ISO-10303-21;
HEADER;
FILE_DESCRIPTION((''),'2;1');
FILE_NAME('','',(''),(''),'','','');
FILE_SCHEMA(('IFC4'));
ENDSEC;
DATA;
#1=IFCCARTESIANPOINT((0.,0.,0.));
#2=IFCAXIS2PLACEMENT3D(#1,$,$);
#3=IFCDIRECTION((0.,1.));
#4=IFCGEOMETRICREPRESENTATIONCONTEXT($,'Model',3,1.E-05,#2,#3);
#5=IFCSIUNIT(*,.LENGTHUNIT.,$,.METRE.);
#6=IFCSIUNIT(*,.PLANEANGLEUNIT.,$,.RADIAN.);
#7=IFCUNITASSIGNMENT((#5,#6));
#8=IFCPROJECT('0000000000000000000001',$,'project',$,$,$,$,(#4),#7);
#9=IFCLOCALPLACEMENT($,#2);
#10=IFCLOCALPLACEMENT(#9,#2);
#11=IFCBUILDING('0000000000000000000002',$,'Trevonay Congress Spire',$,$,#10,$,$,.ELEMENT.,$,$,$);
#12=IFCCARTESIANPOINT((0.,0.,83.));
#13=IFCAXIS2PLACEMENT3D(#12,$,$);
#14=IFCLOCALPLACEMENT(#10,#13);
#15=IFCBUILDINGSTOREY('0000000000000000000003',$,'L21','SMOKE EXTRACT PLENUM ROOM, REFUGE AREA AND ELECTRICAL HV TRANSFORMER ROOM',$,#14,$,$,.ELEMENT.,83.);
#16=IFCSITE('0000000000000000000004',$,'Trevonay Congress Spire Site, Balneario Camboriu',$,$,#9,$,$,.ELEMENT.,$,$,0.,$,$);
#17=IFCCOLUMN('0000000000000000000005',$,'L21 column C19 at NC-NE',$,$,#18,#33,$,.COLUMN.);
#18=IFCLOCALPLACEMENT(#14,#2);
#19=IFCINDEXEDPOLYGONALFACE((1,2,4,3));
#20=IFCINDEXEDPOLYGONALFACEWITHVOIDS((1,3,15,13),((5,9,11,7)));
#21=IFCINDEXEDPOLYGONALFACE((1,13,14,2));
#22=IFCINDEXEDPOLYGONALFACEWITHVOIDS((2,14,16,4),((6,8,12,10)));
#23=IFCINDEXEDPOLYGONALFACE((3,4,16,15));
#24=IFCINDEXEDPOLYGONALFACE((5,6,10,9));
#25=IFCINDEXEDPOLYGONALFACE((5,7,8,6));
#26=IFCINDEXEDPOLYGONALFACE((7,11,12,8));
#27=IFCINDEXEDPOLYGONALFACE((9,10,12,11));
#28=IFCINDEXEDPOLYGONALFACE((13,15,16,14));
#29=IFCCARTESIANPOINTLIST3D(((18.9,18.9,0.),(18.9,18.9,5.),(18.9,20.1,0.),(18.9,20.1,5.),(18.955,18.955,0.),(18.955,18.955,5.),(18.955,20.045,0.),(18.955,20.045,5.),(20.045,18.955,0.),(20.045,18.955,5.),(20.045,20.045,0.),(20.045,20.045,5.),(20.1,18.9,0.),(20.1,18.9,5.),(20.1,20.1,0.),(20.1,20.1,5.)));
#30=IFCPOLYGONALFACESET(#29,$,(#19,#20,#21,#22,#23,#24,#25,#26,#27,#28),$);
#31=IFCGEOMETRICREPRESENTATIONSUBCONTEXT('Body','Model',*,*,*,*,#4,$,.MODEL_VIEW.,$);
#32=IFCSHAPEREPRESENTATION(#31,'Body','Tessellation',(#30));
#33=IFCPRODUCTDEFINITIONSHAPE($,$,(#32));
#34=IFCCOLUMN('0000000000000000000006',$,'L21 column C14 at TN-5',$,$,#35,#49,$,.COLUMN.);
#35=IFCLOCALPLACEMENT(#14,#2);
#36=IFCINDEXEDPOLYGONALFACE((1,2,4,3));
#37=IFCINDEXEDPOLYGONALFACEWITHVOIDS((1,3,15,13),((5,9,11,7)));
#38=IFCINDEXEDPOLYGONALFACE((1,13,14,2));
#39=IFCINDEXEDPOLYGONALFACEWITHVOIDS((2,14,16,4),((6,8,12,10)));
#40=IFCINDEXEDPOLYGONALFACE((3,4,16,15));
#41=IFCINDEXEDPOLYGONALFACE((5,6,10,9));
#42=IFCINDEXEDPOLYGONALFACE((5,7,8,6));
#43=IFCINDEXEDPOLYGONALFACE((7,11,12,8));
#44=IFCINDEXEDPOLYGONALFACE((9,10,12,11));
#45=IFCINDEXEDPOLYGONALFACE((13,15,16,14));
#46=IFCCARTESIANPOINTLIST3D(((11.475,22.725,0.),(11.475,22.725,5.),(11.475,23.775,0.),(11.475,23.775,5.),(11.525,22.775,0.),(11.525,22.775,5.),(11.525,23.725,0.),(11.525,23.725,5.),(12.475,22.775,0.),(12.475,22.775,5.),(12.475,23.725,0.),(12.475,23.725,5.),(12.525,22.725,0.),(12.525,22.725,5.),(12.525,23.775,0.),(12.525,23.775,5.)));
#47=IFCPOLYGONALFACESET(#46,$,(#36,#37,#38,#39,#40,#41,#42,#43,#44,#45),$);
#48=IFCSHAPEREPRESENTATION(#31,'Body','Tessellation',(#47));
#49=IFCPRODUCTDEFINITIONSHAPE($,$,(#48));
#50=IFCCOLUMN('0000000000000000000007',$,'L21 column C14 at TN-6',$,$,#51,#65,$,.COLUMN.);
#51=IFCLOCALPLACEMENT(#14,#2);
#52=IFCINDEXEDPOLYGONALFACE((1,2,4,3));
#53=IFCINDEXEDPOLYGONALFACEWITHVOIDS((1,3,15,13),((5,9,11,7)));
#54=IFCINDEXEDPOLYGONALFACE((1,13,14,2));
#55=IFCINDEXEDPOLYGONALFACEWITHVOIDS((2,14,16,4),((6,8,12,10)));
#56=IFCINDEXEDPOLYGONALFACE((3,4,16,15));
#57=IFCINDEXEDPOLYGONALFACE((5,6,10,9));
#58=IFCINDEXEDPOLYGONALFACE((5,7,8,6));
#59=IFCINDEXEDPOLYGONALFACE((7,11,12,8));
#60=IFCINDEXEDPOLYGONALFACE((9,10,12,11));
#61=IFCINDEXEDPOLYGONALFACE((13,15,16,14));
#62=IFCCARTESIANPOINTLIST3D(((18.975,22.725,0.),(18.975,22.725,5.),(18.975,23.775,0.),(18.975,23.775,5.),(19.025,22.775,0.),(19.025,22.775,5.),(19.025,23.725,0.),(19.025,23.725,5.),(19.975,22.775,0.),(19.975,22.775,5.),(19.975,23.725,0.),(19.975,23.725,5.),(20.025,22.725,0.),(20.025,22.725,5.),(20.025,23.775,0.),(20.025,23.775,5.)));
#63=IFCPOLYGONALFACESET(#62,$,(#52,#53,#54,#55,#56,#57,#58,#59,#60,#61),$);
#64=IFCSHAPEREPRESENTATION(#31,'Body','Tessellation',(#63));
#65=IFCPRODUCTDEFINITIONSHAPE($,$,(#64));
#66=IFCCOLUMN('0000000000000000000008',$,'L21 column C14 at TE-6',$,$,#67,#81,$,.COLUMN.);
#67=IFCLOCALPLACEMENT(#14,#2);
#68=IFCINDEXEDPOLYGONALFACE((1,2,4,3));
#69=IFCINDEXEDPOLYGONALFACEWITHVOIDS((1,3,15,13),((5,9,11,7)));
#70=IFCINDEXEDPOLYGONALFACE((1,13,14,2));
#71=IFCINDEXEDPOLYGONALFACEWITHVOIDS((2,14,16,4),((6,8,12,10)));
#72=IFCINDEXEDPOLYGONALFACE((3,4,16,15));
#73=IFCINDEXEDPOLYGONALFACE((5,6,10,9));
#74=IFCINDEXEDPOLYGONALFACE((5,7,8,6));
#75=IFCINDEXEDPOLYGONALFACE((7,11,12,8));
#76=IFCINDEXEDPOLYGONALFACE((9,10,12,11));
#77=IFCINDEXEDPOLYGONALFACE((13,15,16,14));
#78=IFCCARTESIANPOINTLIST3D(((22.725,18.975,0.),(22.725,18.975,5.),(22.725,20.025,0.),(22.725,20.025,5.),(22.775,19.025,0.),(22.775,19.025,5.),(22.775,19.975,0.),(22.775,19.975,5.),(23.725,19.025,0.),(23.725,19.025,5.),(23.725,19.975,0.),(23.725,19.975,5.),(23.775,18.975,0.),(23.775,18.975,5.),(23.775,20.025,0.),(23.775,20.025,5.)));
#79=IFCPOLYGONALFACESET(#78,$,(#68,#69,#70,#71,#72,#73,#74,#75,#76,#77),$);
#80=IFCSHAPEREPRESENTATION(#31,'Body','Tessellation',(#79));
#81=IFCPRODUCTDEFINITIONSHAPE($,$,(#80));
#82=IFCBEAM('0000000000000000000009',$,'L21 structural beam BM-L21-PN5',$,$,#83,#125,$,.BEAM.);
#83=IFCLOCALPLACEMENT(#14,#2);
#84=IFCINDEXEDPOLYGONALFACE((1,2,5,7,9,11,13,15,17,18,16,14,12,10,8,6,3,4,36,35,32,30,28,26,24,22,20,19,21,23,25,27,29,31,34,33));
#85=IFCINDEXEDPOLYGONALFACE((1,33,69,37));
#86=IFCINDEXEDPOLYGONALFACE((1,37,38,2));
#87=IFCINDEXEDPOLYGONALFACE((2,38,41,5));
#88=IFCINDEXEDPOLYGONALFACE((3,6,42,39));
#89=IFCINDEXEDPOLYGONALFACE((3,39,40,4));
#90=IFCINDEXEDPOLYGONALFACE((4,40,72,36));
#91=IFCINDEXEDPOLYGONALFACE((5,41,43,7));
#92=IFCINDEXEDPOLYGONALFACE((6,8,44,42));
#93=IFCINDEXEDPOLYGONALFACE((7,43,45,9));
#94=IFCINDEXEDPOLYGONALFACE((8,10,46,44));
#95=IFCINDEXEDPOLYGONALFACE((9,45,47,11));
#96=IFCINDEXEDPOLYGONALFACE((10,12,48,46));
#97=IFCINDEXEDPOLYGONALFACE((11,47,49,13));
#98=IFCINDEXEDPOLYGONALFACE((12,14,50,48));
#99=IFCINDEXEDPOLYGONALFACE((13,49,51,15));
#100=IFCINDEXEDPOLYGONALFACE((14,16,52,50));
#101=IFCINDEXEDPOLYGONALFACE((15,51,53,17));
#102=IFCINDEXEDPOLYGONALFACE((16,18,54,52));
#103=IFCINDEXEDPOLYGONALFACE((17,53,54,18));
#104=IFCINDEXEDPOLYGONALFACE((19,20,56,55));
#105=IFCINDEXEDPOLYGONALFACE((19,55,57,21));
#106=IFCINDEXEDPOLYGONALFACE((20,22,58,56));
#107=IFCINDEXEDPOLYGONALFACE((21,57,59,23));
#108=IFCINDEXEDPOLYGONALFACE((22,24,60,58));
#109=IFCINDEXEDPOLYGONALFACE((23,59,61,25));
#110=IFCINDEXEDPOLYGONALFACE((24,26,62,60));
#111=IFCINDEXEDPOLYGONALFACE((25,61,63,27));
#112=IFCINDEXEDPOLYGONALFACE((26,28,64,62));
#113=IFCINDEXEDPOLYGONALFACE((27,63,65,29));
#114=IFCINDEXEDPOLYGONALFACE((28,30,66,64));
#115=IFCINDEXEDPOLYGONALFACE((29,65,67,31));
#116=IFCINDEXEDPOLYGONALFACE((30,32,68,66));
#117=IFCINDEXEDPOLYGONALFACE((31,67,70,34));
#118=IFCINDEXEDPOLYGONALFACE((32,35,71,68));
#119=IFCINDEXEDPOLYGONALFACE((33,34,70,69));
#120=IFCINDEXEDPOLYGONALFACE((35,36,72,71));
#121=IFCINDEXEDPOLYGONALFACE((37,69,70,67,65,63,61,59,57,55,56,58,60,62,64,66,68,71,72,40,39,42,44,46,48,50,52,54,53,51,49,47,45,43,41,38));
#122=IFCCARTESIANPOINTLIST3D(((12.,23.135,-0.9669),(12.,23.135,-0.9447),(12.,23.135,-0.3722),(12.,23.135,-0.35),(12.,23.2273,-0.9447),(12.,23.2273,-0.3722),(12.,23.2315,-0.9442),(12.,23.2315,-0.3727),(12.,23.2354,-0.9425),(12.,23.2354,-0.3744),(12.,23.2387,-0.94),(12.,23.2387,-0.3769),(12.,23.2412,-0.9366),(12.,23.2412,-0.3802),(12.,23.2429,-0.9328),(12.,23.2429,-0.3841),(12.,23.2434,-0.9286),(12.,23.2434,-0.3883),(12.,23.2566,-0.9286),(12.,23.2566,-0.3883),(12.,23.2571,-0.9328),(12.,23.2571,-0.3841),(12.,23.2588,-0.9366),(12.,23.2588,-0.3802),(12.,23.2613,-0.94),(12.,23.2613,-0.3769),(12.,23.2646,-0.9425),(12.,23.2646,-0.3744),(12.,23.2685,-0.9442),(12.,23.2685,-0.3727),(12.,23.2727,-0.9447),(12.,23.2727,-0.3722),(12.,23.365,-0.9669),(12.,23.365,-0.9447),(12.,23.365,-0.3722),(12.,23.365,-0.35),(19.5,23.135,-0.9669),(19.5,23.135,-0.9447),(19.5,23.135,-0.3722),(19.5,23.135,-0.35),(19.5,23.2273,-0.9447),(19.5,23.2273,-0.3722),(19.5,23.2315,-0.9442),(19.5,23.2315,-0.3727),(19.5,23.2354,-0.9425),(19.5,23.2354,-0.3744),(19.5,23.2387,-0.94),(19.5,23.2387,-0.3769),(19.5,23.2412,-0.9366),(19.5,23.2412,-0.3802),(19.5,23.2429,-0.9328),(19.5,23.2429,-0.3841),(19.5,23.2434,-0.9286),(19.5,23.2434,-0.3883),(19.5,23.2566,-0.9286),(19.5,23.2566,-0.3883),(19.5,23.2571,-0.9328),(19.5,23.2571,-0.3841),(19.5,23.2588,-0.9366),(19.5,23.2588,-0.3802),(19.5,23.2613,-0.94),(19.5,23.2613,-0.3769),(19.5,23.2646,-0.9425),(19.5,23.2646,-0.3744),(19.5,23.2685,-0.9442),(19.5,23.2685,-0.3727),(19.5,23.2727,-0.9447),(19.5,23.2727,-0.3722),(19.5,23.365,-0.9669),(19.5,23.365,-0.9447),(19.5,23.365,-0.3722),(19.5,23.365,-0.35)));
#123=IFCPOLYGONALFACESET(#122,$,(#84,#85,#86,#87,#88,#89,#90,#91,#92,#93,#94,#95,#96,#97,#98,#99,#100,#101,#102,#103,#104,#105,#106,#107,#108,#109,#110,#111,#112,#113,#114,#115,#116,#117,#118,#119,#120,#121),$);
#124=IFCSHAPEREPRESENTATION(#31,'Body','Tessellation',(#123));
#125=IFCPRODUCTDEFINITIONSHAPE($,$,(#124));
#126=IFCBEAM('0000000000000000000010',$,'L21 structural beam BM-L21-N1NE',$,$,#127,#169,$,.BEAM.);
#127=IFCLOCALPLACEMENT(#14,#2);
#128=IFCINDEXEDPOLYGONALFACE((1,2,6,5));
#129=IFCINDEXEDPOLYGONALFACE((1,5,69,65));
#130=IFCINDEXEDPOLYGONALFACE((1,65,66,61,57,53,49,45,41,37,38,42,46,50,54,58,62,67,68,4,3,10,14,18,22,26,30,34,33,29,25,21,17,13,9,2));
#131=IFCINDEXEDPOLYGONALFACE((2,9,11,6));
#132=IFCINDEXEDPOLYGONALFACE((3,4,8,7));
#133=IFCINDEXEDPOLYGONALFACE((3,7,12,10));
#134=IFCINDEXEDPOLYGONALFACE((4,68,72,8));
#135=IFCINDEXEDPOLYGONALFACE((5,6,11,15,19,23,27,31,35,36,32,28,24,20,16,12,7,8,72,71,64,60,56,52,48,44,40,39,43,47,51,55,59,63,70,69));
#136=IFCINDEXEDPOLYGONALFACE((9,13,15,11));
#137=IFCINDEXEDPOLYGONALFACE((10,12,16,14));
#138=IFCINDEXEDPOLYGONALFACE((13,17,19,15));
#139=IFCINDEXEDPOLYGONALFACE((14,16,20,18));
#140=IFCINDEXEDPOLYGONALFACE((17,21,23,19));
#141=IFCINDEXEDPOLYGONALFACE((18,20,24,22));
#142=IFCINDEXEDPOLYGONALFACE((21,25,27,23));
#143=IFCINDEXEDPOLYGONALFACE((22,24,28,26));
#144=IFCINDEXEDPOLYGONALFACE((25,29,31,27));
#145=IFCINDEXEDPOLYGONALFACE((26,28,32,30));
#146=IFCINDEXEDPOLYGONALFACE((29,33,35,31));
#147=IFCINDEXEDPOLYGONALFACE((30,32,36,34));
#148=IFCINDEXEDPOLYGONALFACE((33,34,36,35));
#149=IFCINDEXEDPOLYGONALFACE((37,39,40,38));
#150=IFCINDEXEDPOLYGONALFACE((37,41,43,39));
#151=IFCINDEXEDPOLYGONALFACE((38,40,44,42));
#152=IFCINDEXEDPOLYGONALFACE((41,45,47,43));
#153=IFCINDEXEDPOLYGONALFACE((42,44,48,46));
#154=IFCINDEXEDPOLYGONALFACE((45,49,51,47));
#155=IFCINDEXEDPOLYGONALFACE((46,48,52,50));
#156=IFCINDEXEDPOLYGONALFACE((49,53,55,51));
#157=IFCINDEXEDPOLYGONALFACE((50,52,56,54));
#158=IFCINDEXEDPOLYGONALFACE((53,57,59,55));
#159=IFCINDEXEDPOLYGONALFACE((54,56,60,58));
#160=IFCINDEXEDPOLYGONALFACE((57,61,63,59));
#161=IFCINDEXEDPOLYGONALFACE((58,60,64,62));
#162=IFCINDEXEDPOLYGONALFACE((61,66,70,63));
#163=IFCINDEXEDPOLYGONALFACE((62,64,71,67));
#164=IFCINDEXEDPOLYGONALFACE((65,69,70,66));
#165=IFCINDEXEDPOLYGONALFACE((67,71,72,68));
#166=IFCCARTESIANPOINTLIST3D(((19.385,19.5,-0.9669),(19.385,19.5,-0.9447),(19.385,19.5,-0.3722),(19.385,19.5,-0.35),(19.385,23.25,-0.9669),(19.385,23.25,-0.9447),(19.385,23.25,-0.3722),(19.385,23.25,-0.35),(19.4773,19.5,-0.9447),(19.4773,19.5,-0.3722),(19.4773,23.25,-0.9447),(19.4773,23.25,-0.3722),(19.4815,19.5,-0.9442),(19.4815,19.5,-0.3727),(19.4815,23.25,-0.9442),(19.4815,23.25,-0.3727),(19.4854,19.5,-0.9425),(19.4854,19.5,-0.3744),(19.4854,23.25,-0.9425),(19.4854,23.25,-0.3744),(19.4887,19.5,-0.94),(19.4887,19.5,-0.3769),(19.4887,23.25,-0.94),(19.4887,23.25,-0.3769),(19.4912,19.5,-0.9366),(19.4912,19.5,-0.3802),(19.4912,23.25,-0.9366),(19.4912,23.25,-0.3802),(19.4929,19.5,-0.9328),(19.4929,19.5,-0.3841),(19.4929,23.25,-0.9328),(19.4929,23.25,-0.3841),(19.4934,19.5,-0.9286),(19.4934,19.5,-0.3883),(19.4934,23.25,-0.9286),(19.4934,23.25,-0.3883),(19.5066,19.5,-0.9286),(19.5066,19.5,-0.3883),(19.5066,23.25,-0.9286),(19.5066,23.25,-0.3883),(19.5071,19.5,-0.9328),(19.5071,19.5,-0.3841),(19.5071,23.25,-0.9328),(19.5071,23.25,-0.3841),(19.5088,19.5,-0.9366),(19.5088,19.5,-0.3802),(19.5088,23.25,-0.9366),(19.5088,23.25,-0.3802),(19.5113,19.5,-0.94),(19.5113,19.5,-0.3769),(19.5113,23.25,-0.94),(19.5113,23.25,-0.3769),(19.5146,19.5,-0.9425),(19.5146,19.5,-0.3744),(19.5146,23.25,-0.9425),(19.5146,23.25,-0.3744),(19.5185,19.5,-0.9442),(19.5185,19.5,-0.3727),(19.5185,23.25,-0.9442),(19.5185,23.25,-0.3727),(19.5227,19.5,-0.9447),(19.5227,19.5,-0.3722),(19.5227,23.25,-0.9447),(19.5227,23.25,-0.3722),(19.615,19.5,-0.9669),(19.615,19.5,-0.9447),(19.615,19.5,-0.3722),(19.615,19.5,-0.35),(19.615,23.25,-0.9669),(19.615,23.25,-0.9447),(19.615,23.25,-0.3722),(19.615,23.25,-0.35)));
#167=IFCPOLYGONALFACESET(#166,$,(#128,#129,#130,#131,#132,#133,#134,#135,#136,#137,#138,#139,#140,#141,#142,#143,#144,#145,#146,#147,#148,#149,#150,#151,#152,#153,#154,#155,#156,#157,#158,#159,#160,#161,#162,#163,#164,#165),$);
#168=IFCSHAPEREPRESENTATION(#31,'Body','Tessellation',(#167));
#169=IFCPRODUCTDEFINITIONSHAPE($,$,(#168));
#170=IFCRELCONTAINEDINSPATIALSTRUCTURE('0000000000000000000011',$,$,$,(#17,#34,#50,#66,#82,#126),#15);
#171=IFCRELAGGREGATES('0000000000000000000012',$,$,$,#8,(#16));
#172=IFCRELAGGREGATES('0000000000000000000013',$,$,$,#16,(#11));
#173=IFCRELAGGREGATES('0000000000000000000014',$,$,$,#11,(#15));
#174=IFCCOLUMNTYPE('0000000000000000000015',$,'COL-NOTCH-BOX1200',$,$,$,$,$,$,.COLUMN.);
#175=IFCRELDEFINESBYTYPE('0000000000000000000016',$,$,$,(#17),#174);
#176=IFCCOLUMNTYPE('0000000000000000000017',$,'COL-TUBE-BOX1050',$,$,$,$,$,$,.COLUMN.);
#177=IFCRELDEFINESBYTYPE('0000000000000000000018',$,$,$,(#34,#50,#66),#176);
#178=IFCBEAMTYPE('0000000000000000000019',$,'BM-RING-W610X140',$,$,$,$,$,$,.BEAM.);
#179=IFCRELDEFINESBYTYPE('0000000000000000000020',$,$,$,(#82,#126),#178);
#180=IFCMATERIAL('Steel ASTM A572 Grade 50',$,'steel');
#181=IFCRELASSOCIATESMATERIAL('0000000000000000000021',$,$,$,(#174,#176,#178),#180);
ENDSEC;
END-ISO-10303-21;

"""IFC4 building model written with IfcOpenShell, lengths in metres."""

from ifc_helpers import new_model, si_unit, direction, frame, origin, origin_2d, place, context, subcontext, project, spatial, hollow_rectangle, i_section, extrude, material, material_profile, profile_set, type_object, element, save


model = new_model("IFC4")

# Units and contexts
model_context = context("Model", 3, precision=1e-05, world=origin(), true_north=direction((0.0, 1.0)))
body_context = subcontext(model_context, "Body", "Model", "MODEL_VIEW")
ifc_project = project(units=[si_unit("LENGTHUNIT", "METRE"), si_unit("PLANEANGLEUNIT", "RADIAN")], contexts=[model_context])

# Site, building, storey
site_placement = place(None, origin())
site = spatial("IfcSite", under=ifc_project, at=site_placement, Name="Trevonay Congress Spire Site, Balneario Camboriu", CompositionType="ELEMENT", RefElevation=0.0)
building_placement = place(site_placement, origin())
building = spatial("IfcBuilding", under=site, at=building_placement, Name="Trevonay Congress Spire", CompositionType="ELEMENT")
storey_placement = place(building_placement, frame((0.0, 0.0, 83.0)))
storey = spatial("IfcBuildingStorey", under=building, at=storey_placement, Name="L21", Description="SMOKE EXTRACT PLENUM ROOM, REFUGE AREA AND ELECTRICAL HV TRANSFORMER ROOM", CompositionType="ELEMENT", Elevation=83.0)

# Columns
ifc_material_1 = material(Name="Steel ASTM A572 Grade 50", Category="steel")
ifc_material_profile_1 = material_profile(ifc_material_1, hollow_rectangle(XDim=1.2, YDim=1.2, WallThickness=0.0549, at=origin_2d()), Name="BOX 1200x1200x55")
ifc_profile_set_1 = profile_set([ifc_material_profile_1], Name="Steel ASTM A572 Grade 50")
column_type_1 = type_object("IfcColumnType", Name="COL-NOTCH-BOX1200", PredefinedType="COLUMN", material=ifc_profile_set_1)
column_placement = place(storey_placement, frame((19.5, 19.5, 0.0), z_axis=(0.0, 0.0, 1.0), x_axis=(1.0, 0.0, 0.0)))
element("IfcColumn", 1, at=column_placement, inside=storey, type_object=column_type_1, Name="L21 column C19 at NC-NE", PredefinedType="COLUMN", context=body_context, shape_type="SweptSolid", body=[
    extrude(hollow_rectangle(XDim=1.2, YDim=1.2, WallThickness=0.0549, at=origin_2d()), origin(), (0.0, 0.0, 1.0), 5.0),
])
ifc_material_profile_2 = material_profile(ifc_material_1, hollow_rectangle(XDim=1.05, YDim=1.05, WallThickness=0.05, at=origin_2d()), Name="BOX 1050x1050x50")
ifc_profile_set_2 = profile_set([ifc_material_profile_2], Name="Steel ASTM A572 Grade 50")
column_type_2 = type_object("IfcColumnType", Name="COL-TUBE-BOX1050", PredefinedType="COLUMN", material=ifc_profile_set_2)
for number, where, z_axis, x_axis, name in (
    (2, (12.0, 23.25, 0.0), (0.0, 0.0, 1.0), (1.0, 0.0, 0.0), "L21 column C14 at TN-5"),
    (3, (19.5, 23.25, 0.0), (0.0, 0.0, 1.0), (1.0, 0.0, 0.0), "L21 column C14 at TN-6"),
    (4, (23.25, 19.5, 0.0), (0.0, 0.0, 1.0), (1.0, 0.0, 0.0), "L21 column C14 at TE-6"),
):
    element("IfcColumn", number, at=place(storey_placement, frame(where, z_axis=z_axis, x_axis=x_axis)), inside=storey, type_object=column_type_2, Name=name, PredefinedType="COLUMN", context=body_context, shape_type="SweptSolid", body=[
        extrude(hollow_rectangle(XDim=1.05, YDim=1.05, WallThickness=0.05, at=origin_2d()), origin(), (0.0, 0.0, 1.0), 5.0),
    ])

# Beams
ifc_material_profile_3 = material_profile(ifc_material_1, i_section(OverallWidth=0.23, OverallDepth=0.6169, WebThickness=0.0132, FlangeThickness=0.0222, FilletRadius=0.0161, at=origin_2d()), Name="W610x140")
ifc_profile_set_3 = profile_set([ifc_material_profile_3], Name="Steel ASTM A572 Grade 50")
beam_type = type_object("IfcBeamType", Name="BM-RING-W610X140", PredefinedType="BEAM", material=ifc_profile_set_3)
beam_placement = place(storey_placement, frame((12.0, 23.25, -0.6584), z_axis=(1.0, 0.0, 0.0), x_axis=(0.0, 1.0, 0.0)))
element("IfcBeam", 5, at=beam_placement, inside=storey, type_object=beam_type, Name="L21 structural beam BM-L21-PN5", PredefinedType="BEAM", context=body_context, shape_type="SweptSolid", body=[
    extrude(i_section(OverallWidth=0.23, OverallDepth=0.6169, WebThickness=0.0132, FlangeThickness=0.0222, FilletRadius=0.0161, at=origin_2d()), origin(), (0.0, 0.0, 1.0), 7.5),
])
for number, where, z_axis, x_axis, name in (
    (6, (19.5, 23.25, -0.6584), (0.0, -1.0, 0.0), (1.0, 0.0, 0.0), "L21 structural beam BM-L21-N1NE"),
):
    element("IfcBeam", number, at=place(storey_placement, frame(where, z_axis=z_axis, x_axis=x_axis)), inside=storey, type_object=beam_type, Name=name, PredefinedType="BEAM", context=body_context, shape_type="SweptSolid", body=[
        extrude(i_section(OverallWidth=0.23, OverallDepth=0.6169, WebThickness=0.0132, FlangeThickness=0.0222, FilletRadius=0.0161, at=origin_2d()), origin(), (0.0, 0.0, 1.0), 3.75),
    ])

save(model, "model.ifc")
